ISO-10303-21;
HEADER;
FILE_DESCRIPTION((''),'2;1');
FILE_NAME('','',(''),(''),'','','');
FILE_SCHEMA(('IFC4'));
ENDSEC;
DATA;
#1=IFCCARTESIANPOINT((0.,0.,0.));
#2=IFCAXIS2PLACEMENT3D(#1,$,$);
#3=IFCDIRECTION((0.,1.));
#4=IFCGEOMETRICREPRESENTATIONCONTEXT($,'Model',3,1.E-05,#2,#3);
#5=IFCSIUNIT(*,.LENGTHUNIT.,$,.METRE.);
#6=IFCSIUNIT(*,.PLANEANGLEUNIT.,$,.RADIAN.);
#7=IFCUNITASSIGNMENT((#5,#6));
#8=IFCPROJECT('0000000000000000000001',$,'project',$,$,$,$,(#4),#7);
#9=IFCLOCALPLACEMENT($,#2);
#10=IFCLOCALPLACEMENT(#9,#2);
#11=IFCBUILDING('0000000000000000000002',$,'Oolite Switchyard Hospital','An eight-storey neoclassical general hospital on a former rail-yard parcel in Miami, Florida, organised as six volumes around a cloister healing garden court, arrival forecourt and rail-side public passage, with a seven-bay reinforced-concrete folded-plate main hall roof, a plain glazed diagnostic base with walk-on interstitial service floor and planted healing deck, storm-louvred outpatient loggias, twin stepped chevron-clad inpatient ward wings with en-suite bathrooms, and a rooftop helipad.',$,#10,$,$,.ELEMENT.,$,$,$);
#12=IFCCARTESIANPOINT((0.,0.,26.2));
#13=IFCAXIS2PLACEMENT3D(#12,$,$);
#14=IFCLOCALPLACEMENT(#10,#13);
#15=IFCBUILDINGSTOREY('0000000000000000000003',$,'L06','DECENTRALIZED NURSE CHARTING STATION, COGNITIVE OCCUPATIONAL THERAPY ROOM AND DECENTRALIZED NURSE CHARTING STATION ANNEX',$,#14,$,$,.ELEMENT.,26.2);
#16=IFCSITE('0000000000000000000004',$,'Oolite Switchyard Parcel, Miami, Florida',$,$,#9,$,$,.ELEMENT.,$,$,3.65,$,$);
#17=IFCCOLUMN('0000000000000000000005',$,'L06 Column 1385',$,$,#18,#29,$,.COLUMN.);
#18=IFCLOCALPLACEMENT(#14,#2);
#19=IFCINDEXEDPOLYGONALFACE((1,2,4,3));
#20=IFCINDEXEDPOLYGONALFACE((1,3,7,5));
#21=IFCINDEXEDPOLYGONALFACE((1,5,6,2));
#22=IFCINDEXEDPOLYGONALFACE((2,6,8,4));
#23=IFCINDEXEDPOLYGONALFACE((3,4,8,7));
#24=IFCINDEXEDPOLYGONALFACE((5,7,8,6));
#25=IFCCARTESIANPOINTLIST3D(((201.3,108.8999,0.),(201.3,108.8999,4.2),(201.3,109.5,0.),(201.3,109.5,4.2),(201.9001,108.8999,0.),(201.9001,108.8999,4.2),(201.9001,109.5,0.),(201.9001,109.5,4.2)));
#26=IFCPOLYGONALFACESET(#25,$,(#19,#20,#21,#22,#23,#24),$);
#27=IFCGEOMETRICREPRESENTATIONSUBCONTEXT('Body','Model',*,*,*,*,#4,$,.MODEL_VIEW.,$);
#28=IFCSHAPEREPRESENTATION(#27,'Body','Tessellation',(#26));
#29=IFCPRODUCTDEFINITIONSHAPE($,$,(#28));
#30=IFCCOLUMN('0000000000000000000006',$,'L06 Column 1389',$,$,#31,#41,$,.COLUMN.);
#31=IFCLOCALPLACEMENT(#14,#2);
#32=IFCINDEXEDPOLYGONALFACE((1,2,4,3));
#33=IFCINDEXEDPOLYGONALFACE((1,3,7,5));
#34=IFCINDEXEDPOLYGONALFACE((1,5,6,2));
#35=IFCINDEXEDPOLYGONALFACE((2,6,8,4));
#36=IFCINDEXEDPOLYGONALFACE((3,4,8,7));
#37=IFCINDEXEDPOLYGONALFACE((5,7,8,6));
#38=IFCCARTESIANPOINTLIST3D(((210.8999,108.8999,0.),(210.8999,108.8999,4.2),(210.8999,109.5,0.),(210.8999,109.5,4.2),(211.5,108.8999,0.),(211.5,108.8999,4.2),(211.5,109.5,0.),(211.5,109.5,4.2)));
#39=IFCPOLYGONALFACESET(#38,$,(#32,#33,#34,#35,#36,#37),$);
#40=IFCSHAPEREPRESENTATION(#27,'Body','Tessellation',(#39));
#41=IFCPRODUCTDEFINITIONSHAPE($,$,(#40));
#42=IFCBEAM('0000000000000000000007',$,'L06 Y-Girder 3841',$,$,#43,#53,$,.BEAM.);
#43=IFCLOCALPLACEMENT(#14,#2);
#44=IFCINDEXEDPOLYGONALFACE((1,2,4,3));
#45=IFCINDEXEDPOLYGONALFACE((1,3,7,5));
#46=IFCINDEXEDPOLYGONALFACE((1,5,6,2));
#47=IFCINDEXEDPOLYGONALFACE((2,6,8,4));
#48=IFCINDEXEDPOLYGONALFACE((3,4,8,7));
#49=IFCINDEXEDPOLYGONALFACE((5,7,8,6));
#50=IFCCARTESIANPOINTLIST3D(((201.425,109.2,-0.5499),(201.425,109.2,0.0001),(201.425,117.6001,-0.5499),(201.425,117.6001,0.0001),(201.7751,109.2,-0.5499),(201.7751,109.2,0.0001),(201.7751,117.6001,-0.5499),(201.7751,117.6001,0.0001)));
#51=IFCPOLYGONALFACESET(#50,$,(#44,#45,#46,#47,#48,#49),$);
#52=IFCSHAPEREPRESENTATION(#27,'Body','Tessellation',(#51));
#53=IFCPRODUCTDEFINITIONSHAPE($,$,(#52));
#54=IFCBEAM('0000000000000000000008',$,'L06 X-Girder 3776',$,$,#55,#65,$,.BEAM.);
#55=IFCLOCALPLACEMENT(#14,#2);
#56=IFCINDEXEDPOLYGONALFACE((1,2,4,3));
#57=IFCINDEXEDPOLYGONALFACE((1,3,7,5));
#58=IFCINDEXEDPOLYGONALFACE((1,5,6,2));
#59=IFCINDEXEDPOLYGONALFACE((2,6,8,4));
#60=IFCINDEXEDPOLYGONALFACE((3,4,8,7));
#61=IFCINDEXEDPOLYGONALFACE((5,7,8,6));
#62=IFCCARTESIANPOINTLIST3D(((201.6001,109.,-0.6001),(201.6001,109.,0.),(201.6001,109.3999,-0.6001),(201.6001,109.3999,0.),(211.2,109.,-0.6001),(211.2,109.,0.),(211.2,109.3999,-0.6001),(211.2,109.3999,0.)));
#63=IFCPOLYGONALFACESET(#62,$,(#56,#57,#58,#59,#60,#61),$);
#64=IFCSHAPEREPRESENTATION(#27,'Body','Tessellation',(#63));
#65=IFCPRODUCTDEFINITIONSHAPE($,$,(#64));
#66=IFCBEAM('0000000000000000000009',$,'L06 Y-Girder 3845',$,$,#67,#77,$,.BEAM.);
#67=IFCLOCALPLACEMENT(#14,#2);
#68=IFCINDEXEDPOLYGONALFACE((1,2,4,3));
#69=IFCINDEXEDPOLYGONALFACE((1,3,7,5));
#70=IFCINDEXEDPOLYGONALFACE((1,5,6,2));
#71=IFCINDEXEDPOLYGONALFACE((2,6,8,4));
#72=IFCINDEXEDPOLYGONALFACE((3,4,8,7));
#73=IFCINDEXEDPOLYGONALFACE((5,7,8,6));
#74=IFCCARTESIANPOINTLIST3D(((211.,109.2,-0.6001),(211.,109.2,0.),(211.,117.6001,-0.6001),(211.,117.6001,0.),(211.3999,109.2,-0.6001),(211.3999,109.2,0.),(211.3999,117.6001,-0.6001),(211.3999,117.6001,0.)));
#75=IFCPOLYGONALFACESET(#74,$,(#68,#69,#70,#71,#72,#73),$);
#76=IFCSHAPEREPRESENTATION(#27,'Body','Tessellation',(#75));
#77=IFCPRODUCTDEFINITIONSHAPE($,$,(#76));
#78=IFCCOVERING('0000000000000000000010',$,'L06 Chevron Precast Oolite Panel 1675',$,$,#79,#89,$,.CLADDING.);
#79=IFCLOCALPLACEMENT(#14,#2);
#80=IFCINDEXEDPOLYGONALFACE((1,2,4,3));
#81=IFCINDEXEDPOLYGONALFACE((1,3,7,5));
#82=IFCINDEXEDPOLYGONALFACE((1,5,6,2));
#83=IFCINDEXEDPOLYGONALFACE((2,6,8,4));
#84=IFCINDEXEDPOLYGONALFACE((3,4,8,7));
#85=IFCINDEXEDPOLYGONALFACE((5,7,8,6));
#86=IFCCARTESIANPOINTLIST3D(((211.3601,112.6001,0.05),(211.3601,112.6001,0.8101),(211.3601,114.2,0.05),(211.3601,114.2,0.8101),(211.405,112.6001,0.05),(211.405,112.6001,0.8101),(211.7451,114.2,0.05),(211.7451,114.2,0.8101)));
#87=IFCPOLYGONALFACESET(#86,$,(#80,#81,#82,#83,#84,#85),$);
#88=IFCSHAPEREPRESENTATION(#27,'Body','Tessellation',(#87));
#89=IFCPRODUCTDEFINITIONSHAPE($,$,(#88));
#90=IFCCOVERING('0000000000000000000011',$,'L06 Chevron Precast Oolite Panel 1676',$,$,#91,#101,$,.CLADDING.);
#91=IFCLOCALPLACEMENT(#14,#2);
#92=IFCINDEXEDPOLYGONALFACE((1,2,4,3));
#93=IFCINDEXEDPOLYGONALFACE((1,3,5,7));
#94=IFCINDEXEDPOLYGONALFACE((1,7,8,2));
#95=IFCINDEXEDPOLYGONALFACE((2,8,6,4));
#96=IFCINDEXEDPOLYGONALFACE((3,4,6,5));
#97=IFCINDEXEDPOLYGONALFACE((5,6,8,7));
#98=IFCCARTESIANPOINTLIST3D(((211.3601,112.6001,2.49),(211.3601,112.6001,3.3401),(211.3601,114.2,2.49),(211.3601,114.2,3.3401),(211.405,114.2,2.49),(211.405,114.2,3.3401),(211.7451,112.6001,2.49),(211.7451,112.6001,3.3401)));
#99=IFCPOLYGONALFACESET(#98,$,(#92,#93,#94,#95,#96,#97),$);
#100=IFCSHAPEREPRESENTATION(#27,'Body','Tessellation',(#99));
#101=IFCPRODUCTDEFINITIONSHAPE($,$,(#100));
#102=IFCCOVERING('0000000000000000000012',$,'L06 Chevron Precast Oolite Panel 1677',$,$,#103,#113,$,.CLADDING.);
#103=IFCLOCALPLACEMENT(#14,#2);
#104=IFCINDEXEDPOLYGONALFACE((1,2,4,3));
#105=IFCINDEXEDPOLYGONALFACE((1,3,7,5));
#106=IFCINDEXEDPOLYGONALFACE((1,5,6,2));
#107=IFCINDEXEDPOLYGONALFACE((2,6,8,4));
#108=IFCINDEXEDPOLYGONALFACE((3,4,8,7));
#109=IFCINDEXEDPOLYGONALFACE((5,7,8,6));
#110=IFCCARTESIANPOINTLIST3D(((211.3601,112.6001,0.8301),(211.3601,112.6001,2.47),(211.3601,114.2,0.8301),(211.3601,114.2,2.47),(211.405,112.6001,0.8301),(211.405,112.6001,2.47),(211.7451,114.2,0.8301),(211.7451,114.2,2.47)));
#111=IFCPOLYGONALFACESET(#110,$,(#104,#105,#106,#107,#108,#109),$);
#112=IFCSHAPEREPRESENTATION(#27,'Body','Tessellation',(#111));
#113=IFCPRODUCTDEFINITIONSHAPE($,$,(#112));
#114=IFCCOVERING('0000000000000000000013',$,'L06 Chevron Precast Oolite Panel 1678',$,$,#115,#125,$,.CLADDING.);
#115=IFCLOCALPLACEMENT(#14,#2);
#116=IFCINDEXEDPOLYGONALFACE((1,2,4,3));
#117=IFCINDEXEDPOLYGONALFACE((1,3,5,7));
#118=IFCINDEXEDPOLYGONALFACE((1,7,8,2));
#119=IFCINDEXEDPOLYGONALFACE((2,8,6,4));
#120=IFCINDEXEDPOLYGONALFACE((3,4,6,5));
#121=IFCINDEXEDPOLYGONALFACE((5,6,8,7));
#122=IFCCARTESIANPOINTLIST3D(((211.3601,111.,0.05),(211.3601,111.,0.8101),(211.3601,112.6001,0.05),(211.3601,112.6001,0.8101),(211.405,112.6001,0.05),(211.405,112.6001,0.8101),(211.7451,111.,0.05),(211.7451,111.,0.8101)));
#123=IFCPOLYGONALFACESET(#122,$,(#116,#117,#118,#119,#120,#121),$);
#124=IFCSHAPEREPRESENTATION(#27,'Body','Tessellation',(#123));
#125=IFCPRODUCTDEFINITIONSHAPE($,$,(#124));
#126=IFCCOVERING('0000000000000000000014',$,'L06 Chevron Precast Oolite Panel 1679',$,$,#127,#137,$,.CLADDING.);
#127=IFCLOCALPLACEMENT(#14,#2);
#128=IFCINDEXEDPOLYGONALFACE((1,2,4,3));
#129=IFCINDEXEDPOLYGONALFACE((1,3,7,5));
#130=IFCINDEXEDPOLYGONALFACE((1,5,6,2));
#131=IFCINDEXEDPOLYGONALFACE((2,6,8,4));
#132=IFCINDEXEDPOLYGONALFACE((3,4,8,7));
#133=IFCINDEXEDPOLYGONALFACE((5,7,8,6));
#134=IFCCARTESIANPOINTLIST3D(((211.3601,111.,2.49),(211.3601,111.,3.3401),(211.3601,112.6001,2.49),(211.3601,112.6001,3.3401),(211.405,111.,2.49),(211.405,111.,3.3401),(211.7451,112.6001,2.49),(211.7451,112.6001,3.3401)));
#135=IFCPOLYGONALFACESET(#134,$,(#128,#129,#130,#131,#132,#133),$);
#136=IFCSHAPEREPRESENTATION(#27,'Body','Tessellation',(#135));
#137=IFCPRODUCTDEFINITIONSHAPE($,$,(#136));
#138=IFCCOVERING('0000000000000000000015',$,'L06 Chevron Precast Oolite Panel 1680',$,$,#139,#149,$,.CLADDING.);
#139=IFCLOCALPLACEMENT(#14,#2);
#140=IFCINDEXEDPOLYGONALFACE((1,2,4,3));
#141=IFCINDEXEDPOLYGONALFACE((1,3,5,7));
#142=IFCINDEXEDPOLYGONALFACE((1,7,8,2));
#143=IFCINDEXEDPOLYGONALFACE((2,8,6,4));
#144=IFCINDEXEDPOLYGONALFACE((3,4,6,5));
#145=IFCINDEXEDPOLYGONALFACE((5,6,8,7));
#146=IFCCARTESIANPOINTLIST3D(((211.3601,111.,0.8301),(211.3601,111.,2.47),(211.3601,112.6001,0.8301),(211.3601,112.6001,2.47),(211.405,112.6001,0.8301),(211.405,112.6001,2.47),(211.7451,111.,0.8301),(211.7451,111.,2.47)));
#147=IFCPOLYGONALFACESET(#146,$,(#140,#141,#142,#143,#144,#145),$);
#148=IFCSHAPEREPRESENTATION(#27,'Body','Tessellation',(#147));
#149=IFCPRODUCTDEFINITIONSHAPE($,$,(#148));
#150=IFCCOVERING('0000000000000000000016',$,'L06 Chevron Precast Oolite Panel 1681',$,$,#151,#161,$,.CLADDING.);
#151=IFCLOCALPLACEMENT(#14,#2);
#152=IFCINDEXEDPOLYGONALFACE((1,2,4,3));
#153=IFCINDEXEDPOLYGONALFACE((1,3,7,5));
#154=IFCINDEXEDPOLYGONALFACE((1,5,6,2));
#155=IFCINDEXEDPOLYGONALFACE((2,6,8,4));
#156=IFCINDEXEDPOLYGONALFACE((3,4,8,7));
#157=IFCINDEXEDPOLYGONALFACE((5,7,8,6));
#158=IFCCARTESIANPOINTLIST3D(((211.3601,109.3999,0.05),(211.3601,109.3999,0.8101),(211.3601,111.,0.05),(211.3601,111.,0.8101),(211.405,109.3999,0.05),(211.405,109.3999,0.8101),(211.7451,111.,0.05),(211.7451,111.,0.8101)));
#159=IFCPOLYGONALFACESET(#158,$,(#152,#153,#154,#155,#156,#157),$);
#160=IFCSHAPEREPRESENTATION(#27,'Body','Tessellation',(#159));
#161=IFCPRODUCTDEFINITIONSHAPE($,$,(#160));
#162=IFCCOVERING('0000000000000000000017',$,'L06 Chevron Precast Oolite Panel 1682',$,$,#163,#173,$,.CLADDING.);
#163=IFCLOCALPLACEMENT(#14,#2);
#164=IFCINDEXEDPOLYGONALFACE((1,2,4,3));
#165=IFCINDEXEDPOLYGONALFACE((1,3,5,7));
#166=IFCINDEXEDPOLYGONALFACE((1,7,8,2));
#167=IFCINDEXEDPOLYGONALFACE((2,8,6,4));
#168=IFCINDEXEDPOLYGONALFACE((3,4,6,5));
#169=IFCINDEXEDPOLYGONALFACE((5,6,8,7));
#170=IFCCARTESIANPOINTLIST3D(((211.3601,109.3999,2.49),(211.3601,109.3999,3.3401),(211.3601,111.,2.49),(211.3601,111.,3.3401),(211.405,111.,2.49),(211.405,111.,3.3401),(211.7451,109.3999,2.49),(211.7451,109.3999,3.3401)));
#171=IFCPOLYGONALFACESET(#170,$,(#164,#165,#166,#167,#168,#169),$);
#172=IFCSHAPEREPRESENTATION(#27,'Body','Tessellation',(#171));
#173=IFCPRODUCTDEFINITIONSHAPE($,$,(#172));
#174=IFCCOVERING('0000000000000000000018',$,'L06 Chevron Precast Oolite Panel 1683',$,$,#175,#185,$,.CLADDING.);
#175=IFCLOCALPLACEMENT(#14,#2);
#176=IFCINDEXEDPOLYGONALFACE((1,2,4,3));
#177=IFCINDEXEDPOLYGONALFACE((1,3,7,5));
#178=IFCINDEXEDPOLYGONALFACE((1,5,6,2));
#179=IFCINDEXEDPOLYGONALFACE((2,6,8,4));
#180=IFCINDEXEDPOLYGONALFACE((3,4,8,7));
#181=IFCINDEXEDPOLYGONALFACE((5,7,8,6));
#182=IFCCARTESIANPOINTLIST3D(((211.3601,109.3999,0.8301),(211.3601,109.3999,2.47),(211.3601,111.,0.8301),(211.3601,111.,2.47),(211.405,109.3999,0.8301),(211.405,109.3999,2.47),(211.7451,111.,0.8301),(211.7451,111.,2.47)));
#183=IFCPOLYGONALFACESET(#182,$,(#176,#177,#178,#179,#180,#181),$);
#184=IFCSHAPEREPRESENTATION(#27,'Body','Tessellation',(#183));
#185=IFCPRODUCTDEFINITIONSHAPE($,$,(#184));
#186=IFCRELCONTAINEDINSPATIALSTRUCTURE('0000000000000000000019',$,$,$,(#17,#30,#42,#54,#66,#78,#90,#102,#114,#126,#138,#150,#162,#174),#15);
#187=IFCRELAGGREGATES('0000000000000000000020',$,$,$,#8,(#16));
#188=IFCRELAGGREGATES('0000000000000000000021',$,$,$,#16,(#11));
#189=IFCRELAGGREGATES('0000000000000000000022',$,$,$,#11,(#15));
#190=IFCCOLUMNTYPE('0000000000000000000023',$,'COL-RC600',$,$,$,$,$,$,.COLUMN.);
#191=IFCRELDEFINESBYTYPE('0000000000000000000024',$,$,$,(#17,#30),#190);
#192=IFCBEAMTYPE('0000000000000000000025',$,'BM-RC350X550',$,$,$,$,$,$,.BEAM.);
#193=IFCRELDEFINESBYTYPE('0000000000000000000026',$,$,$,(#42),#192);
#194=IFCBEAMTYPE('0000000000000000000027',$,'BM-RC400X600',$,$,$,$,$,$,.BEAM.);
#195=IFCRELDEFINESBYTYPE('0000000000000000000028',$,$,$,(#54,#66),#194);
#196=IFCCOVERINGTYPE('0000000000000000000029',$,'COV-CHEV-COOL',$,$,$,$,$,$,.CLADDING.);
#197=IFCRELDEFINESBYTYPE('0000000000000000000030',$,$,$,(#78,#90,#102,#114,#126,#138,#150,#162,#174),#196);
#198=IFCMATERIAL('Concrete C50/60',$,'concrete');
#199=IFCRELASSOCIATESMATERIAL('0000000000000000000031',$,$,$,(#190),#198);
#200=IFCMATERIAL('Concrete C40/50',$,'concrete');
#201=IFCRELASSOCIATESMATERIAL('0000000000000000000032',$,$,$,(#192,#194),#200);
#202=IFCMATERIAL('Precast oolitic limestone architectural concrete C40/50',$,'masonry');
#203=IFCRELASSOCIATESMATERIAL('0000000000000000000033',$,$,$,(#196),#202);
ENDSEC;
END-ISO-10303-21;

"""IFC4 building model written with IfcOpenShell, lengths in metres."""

from ifc_helpers import new_model, si_unit, direction, frame, origin, origin_2d, place, context, subcontext, project, spatial, polyline, rectangle, outline, extrude, material, material_profile, profile_set, type_object, element, save


model = new_model("IFC4")

# Units and contexts
model_context = context("Model", 3, precision=1e-05, world=origin(), true_north=direction((0.0, 1.0)))
body_context = subcontext(model_context, "Body", "Model", "MODEL_VIEW")
ifc_project = project(units=[si_unit("LENGTHUNIT", "METRE"), si_unit("PLANEANGLEUNIT", "RADIAN")], contexts=[model_context])

# Site, building, storey
site_placement = place(None, origin())
site = spatial("IfcSite", under=ifc_project, at=site_placement, Name="Oolite Switchyard Parcel, Miami, Florida", CompositionType="ELEMENT", RefElevation=3.65)
building_placement = place(site_placement, origin())
building = spatial("IfcBuilding", under=site, at=building_placement, Name="Oolite Switchyard Hospital", Description="An eight-storey neoclassical general hospital on a former rail-yard parcel in Miami, Florida, organised as six volumes around a cloister healing garden court, arrival forecourt and rail-side public passage, with a seven-bay reinforced-concrete folded-plate main hall roof, a plain glazed diagnostic base with walk-on interstitial service floor and planted healing deck, storm-louvred outpatient loggias, twin stepped chevron-clad inpatient ward wings with en-suite bathrooms, and a rooftop helipad.", CompositionType="ELEMENT")
storey_placement = place(building_placement, frame((0.0, 0.0, 26.2)))
storey = spatial("IfcBuildingStorey", under=building, at=storey_placement, Name="L06", Description="DECENTRALIZED NURSE CHARTING STATION, COGNITIVE OCCUPATIONAL THERAPY ROOM AND DECENTRALIZED NURSE CHARTING STATION ANNEX", CompositionType="ELEMENT", Elevation=26.2)

# Columns
ifc_material_1 = material(Name="Concrete C50/60", Category="concrete")
ifc_material_profile_1 = material_profile(ifc_material_1, rectangle(XDim=0.6001, YDim=0.6001, at=origin_2d()), Name="RC600X600")
ifc_profile_set_1 = profile_set([ifc_material_profile_1], Name="Concrete C50/60")
column_type = type_object("IfcColumnType", Name="COL-RC600", PredefinedType="COLUMN", material=ifc_profile_set_1)
for number, where, z_axis, x_axis, name in (
    (1, (201.6001, 109.2, 0.0), (0.0, 0.0, 1.0), (1.0, 0.0, 0.0), "L06 Column 1385"),
    (2, (211.2, 109.2, 0.0), (0.0, 0.0, 1.0), (1.0, 0.0, 0.0), "L06 Column 1389"),
):
    element("IfcColumn", number, at=place(storey_placement, frame(where, z_axis=z_axis, x_axis=x_axis)), inside=storey, type_object=column_type, Name=name, PredefinedType="COLUMN", context=body_context, shape_type="SweptSolid", body=[
        extrude(rectangle(XDim=0.6001, YDim=0.6001, at=origin_2d()), origin(), (0.0, 0.0, 1.0), 4.2),
    ])

# Beams
ifc_material_2 = material(Name="Concrete C40/50", Category="concrete")
ifc_material_profile_2 = material_profile(ifc_material_2, rectangle(XDim=0.3501, YDim=0.55, at=origin_2d()), Name="RCB350X550")
ifc_profile_set_2 = profile_set([ifc_material_profile_2], Name="Concrete C40/50")
beam_type_1 = type_object("IfcBeamType", Name="BM-RC350X550", PredefinedType="BEAM", material=ifc_profile_set_2)
beam_1_placement = place(storey_placement, frame((201.6001, 109.2, -0.2749), z_axis=(0.0, 1.0, 0.0), x_axis=(-1.0, 0.0, 0.0)))
element("IfcBeam", 3, at=beam_1_placement, inside=storey, type_object=beam_type_1, Name="L06 Y-Girder 3841", PredefinedType="BEAM", context=body_context, shape_type="SweptSolid", body=[
    extrude(rectangle(XDim=0.3501, YDim=0.55, at=origin_2d()), origin(), (0.0, 0.0, 1.0), 8.4001),
])
ifc_material_profile_3 = material_profile(ifc_material_2, rectangle(XDim=0.3999, YDim=0.6001, at=origin_2d()), Name="RCB400X600")
ifc_profile_set_3 = profile_set([ifc_material_profile_3], Name="Concrete C40/50")
beam_type_2 = type_object("IfcBeamType", Name="BM-RC400X600", PredefinedType="BEAM", material=ifc_profile_set_3)
beam_2_placement = place(storey_placement, frame((201.6001, 109.2, -0.3), z_axis=(1.0, 0.0, 0.0), x_axis=(0.0, 1.0, 0.0)))
element("IfcBeam", 4, at=beam_2_placement, inside=storey, type_object=beam_type_2, Name="L06 X-Girder 3776", PredefinedType="BEAM", context=body_context, shape_type="SweptSolid", body=[
    extrude(rectangle(XDim=0.3999, YDim=0.6001, at=origin_2d()), origin(), (0.0, 0.0, 1.0), 9.5999),
])
beam_3_placement = place(storey_placement, frame((211.2, 109.2, -0.3), z_axis=(0.0, 1.0, 0.0), x_axis=(-1.0, 0.0, 0.0)))
element("IfcBeam", 5, at=beam_3_placement, inside=storey, type_object=beam_type_2, Name="L06 Y-Girder 3845", PredefinedType="BEAM", context=body_context, shape_type="SweptSolid", body=[
    extrude(rectangle(XDim=0.3999, YDim=0.6001, at=origin_2d()), origin(), (0.0, 0.0, 1.0), 8.4001),
])

# Coverings
ifc_material_3 = material(Name="Precast oolitic limestone architectural concrete C40/50", Category="masonry")
covering_type = type_object("IfcCoveringType", Name="COV-CHEV-COOL", PredefinedType="CLADDING", material=ifc_material_3)
covering_1_placement = place(storey_placement, frame((211.3601, 114.2, 0.05), z_axis=(0.0, 0.0, 1.0), x_axis=(0.0, -1.0, 0.0)))
element("IfcCovering", 6, at=covering_1_placement, inside=storey, type_object=covering_type, Name="L06 Chevron Precast Oolite Panel 1675", PredefinedType="CLADDING", context=body_context, shape_type="SweptSolid", body=[
    extrude(outline(polyline([(0.0, 0.0), (1.5999, 0.0), (1.5999, 0.0449), (0.0, 0.385), (0.0, 0.0)])), origin(), (0.0, 0.0, 1.0), 0.76),
])
covering_2_placement = place(storey_placement, frame((211.3601, 114.2, 2.49), z_axis=(0.0, 0.0, 1.0), x_axis=(0.0, -1.0, 0.0)))
element("IfcCovering", 7, at=covering_2_placement, inside=storey, type_object=covering_type, Name="L06 Chevron Precast Oolite Panel 1676", PredefinedType="CLADDING", context=body_context, shape_type="SweptSolid", body=[
    extrude(outline(polyline([(0.0, 0.0), (1.5999, 0.0), (1.5999, 0.385), (0.0, 0.0449), (0.0, 0.0)])), origin(), (0.0, 0.0, 1.0), 0.8501),
])
covering_3_placement = place(storey_placement, frame((211.3601, 114.2, 0.8301), z_axis=(0.0, 0.0, 1.0), x_axis=(0.0, -1.0, 0.0)))
element("IfcCovering", 8, at=covering_3_placement, inside=storey, type_object=covering_type, Name="L06 Chevron Precast Oolite Panel 1677", PredefinedType="CLADDING", context=body_context, shape_type="SweptSolid", body=[
    extrude(outline(polyline([(0.0, 0.0), (1.5999, 0.0), (1.5999, 0.0449), (0.0, 0.385), (0.0, 0.0)])), origin(), (0.0, 0.0, 1.0), 1.6399),
])
covering_4_placement = place(storey_placement, frame((211.3601, 112.6001, 0.05), z_axis=(0.0, 0.0, 1.0), x_axis=(0.0, -1.0, 0.0)))
element("IfcCovering", 9, at=covering_4_placement, inside=storey, type_object=covering_type, Name="L06 Chevron Precast Oolite Panel 1678", PredefinedType="CLADDING", context=body_context, shape_type="SweptSolid", body=[
    extrude(outline(polyline([(0.0, 0.0), (1.6001, 0.0), (1.6001, 0.385), (0.0, 0.0449), (0.0, 0.0)])), origin(), (0.0, 0.0, 1.0), 0.76),
])
covering_5_placement = place(storey_placement, frame((211.3601, 112.6001, 2.49), z_axis=(0.0, 0.0, 1.0), x_axis=(0.0, -1.0, 0.0)))
element("IfcCovering", 10, at=covering_5_placement, inside=storey, type_object=covering_type, Name="L06 Chevron Precast Oolite Panel 1679", PredefinedType="CLADDING", context=body_context, shape_type="SweptSolid", body=[
    extrude(outline(polyline([(0.0, 0.0), (1.6001, 0.0), (1.6001, 0.0449), (0.0, 0.385), (0.0, 0.0)])), origin(), (0.0, 0.0, 1.0), 0.8501),
])
covering_6_placement = place(storey_placement, frame((211.3601, 112.6001, 0.8301), z_axis=(0.0, 0.0, 1.0), x_axis=(0.0, -1.0, 0.0)))
element("IfcCovering", 11, at=covering_6_placement, inside=storey, type_object=covering_type, Name="L06 Chevron Precast Oolite Panel 1680", PredefinedType="CLADDING", context=body_context, shape_type="SweptSolid", body=[
    extrude(outline(polyline([(0.0, 0.0), (1.6001, 0.0), (1.6001, 0.385), (0.0, 0.0449), (0.0, 0.0)])), origin(), (0.0, 0.0, 1.0), 1.6399),
])
covering_7_placement = place(storey_placement, frame((211.3601, 111.0, 0.05), z_axis=(0.0, 0.0, 1.0), x_axis=(0.0, -1.0, 0.0)))
element("IfcCovering", 12, at=covering_7_placement, inside=storey, type_object=covering_type, Name="L06 Chevron Precast Oolite Panel 1681", PredefinedType="CLADDING", context=body_context, shape_type="SweptSolid", body=[
    extrude(outline(polyline([(0.0, 0.0), (1.6001, 0.0), (1.6001, 0.0449), (0.0, 0.385), (0.0, 0.0)])), origin(), (0.0, 0.0, 1.0), 0.76),
])
covering_8_placement = place(storey_placement, frame((211.3601, 111.0, 2.49), z_axis=(0.0, 0.0, 1.0), x_axis=(0.0, -1.0, 0.0)))
element("IfcCovering", 13, at=covering_8_placement, inside=storey, type_object=covering_type, Name="L06 Chevron Precast Oolite Panel 1682", PredefinedType="CLADDING", context=body_context, shape_type="SweptSolid", body=[
    extrude(outline(polyline([(0.0, 0.0), (1.6001, 0.0), (1.6001, 0.385), (0.0, 0.0449), (0.0, 0.0)])), origin(), (0.0, 0.0, 1.0), 0.8501),
])
covering_9_placement = place(storey_placement, frame((211.3601, 111.0, 0.8301), z_axis=(0.0, 0.0, 1.0), x_axis=(0.0, -1.0, 0.0)))
element("IfcCovering", 14, at=covering_9_placement, inside=storey, type_object=covering_type, Name="L06 Chevron Precast Oolite Panel 1683", PredefinedType="CLADDING", context=body_context, shape_type="SweptSolid", body=[
    extrude(outline(polyline([(0.0, 0.0), (1.6001, 0.0), (1.6001, 0.0449), (0.0, 0.385), (0.0, 0.0)])), origin(), (0.0, 0.0, 1.0), 1.6399),
])

save(model, "model.ifc")
